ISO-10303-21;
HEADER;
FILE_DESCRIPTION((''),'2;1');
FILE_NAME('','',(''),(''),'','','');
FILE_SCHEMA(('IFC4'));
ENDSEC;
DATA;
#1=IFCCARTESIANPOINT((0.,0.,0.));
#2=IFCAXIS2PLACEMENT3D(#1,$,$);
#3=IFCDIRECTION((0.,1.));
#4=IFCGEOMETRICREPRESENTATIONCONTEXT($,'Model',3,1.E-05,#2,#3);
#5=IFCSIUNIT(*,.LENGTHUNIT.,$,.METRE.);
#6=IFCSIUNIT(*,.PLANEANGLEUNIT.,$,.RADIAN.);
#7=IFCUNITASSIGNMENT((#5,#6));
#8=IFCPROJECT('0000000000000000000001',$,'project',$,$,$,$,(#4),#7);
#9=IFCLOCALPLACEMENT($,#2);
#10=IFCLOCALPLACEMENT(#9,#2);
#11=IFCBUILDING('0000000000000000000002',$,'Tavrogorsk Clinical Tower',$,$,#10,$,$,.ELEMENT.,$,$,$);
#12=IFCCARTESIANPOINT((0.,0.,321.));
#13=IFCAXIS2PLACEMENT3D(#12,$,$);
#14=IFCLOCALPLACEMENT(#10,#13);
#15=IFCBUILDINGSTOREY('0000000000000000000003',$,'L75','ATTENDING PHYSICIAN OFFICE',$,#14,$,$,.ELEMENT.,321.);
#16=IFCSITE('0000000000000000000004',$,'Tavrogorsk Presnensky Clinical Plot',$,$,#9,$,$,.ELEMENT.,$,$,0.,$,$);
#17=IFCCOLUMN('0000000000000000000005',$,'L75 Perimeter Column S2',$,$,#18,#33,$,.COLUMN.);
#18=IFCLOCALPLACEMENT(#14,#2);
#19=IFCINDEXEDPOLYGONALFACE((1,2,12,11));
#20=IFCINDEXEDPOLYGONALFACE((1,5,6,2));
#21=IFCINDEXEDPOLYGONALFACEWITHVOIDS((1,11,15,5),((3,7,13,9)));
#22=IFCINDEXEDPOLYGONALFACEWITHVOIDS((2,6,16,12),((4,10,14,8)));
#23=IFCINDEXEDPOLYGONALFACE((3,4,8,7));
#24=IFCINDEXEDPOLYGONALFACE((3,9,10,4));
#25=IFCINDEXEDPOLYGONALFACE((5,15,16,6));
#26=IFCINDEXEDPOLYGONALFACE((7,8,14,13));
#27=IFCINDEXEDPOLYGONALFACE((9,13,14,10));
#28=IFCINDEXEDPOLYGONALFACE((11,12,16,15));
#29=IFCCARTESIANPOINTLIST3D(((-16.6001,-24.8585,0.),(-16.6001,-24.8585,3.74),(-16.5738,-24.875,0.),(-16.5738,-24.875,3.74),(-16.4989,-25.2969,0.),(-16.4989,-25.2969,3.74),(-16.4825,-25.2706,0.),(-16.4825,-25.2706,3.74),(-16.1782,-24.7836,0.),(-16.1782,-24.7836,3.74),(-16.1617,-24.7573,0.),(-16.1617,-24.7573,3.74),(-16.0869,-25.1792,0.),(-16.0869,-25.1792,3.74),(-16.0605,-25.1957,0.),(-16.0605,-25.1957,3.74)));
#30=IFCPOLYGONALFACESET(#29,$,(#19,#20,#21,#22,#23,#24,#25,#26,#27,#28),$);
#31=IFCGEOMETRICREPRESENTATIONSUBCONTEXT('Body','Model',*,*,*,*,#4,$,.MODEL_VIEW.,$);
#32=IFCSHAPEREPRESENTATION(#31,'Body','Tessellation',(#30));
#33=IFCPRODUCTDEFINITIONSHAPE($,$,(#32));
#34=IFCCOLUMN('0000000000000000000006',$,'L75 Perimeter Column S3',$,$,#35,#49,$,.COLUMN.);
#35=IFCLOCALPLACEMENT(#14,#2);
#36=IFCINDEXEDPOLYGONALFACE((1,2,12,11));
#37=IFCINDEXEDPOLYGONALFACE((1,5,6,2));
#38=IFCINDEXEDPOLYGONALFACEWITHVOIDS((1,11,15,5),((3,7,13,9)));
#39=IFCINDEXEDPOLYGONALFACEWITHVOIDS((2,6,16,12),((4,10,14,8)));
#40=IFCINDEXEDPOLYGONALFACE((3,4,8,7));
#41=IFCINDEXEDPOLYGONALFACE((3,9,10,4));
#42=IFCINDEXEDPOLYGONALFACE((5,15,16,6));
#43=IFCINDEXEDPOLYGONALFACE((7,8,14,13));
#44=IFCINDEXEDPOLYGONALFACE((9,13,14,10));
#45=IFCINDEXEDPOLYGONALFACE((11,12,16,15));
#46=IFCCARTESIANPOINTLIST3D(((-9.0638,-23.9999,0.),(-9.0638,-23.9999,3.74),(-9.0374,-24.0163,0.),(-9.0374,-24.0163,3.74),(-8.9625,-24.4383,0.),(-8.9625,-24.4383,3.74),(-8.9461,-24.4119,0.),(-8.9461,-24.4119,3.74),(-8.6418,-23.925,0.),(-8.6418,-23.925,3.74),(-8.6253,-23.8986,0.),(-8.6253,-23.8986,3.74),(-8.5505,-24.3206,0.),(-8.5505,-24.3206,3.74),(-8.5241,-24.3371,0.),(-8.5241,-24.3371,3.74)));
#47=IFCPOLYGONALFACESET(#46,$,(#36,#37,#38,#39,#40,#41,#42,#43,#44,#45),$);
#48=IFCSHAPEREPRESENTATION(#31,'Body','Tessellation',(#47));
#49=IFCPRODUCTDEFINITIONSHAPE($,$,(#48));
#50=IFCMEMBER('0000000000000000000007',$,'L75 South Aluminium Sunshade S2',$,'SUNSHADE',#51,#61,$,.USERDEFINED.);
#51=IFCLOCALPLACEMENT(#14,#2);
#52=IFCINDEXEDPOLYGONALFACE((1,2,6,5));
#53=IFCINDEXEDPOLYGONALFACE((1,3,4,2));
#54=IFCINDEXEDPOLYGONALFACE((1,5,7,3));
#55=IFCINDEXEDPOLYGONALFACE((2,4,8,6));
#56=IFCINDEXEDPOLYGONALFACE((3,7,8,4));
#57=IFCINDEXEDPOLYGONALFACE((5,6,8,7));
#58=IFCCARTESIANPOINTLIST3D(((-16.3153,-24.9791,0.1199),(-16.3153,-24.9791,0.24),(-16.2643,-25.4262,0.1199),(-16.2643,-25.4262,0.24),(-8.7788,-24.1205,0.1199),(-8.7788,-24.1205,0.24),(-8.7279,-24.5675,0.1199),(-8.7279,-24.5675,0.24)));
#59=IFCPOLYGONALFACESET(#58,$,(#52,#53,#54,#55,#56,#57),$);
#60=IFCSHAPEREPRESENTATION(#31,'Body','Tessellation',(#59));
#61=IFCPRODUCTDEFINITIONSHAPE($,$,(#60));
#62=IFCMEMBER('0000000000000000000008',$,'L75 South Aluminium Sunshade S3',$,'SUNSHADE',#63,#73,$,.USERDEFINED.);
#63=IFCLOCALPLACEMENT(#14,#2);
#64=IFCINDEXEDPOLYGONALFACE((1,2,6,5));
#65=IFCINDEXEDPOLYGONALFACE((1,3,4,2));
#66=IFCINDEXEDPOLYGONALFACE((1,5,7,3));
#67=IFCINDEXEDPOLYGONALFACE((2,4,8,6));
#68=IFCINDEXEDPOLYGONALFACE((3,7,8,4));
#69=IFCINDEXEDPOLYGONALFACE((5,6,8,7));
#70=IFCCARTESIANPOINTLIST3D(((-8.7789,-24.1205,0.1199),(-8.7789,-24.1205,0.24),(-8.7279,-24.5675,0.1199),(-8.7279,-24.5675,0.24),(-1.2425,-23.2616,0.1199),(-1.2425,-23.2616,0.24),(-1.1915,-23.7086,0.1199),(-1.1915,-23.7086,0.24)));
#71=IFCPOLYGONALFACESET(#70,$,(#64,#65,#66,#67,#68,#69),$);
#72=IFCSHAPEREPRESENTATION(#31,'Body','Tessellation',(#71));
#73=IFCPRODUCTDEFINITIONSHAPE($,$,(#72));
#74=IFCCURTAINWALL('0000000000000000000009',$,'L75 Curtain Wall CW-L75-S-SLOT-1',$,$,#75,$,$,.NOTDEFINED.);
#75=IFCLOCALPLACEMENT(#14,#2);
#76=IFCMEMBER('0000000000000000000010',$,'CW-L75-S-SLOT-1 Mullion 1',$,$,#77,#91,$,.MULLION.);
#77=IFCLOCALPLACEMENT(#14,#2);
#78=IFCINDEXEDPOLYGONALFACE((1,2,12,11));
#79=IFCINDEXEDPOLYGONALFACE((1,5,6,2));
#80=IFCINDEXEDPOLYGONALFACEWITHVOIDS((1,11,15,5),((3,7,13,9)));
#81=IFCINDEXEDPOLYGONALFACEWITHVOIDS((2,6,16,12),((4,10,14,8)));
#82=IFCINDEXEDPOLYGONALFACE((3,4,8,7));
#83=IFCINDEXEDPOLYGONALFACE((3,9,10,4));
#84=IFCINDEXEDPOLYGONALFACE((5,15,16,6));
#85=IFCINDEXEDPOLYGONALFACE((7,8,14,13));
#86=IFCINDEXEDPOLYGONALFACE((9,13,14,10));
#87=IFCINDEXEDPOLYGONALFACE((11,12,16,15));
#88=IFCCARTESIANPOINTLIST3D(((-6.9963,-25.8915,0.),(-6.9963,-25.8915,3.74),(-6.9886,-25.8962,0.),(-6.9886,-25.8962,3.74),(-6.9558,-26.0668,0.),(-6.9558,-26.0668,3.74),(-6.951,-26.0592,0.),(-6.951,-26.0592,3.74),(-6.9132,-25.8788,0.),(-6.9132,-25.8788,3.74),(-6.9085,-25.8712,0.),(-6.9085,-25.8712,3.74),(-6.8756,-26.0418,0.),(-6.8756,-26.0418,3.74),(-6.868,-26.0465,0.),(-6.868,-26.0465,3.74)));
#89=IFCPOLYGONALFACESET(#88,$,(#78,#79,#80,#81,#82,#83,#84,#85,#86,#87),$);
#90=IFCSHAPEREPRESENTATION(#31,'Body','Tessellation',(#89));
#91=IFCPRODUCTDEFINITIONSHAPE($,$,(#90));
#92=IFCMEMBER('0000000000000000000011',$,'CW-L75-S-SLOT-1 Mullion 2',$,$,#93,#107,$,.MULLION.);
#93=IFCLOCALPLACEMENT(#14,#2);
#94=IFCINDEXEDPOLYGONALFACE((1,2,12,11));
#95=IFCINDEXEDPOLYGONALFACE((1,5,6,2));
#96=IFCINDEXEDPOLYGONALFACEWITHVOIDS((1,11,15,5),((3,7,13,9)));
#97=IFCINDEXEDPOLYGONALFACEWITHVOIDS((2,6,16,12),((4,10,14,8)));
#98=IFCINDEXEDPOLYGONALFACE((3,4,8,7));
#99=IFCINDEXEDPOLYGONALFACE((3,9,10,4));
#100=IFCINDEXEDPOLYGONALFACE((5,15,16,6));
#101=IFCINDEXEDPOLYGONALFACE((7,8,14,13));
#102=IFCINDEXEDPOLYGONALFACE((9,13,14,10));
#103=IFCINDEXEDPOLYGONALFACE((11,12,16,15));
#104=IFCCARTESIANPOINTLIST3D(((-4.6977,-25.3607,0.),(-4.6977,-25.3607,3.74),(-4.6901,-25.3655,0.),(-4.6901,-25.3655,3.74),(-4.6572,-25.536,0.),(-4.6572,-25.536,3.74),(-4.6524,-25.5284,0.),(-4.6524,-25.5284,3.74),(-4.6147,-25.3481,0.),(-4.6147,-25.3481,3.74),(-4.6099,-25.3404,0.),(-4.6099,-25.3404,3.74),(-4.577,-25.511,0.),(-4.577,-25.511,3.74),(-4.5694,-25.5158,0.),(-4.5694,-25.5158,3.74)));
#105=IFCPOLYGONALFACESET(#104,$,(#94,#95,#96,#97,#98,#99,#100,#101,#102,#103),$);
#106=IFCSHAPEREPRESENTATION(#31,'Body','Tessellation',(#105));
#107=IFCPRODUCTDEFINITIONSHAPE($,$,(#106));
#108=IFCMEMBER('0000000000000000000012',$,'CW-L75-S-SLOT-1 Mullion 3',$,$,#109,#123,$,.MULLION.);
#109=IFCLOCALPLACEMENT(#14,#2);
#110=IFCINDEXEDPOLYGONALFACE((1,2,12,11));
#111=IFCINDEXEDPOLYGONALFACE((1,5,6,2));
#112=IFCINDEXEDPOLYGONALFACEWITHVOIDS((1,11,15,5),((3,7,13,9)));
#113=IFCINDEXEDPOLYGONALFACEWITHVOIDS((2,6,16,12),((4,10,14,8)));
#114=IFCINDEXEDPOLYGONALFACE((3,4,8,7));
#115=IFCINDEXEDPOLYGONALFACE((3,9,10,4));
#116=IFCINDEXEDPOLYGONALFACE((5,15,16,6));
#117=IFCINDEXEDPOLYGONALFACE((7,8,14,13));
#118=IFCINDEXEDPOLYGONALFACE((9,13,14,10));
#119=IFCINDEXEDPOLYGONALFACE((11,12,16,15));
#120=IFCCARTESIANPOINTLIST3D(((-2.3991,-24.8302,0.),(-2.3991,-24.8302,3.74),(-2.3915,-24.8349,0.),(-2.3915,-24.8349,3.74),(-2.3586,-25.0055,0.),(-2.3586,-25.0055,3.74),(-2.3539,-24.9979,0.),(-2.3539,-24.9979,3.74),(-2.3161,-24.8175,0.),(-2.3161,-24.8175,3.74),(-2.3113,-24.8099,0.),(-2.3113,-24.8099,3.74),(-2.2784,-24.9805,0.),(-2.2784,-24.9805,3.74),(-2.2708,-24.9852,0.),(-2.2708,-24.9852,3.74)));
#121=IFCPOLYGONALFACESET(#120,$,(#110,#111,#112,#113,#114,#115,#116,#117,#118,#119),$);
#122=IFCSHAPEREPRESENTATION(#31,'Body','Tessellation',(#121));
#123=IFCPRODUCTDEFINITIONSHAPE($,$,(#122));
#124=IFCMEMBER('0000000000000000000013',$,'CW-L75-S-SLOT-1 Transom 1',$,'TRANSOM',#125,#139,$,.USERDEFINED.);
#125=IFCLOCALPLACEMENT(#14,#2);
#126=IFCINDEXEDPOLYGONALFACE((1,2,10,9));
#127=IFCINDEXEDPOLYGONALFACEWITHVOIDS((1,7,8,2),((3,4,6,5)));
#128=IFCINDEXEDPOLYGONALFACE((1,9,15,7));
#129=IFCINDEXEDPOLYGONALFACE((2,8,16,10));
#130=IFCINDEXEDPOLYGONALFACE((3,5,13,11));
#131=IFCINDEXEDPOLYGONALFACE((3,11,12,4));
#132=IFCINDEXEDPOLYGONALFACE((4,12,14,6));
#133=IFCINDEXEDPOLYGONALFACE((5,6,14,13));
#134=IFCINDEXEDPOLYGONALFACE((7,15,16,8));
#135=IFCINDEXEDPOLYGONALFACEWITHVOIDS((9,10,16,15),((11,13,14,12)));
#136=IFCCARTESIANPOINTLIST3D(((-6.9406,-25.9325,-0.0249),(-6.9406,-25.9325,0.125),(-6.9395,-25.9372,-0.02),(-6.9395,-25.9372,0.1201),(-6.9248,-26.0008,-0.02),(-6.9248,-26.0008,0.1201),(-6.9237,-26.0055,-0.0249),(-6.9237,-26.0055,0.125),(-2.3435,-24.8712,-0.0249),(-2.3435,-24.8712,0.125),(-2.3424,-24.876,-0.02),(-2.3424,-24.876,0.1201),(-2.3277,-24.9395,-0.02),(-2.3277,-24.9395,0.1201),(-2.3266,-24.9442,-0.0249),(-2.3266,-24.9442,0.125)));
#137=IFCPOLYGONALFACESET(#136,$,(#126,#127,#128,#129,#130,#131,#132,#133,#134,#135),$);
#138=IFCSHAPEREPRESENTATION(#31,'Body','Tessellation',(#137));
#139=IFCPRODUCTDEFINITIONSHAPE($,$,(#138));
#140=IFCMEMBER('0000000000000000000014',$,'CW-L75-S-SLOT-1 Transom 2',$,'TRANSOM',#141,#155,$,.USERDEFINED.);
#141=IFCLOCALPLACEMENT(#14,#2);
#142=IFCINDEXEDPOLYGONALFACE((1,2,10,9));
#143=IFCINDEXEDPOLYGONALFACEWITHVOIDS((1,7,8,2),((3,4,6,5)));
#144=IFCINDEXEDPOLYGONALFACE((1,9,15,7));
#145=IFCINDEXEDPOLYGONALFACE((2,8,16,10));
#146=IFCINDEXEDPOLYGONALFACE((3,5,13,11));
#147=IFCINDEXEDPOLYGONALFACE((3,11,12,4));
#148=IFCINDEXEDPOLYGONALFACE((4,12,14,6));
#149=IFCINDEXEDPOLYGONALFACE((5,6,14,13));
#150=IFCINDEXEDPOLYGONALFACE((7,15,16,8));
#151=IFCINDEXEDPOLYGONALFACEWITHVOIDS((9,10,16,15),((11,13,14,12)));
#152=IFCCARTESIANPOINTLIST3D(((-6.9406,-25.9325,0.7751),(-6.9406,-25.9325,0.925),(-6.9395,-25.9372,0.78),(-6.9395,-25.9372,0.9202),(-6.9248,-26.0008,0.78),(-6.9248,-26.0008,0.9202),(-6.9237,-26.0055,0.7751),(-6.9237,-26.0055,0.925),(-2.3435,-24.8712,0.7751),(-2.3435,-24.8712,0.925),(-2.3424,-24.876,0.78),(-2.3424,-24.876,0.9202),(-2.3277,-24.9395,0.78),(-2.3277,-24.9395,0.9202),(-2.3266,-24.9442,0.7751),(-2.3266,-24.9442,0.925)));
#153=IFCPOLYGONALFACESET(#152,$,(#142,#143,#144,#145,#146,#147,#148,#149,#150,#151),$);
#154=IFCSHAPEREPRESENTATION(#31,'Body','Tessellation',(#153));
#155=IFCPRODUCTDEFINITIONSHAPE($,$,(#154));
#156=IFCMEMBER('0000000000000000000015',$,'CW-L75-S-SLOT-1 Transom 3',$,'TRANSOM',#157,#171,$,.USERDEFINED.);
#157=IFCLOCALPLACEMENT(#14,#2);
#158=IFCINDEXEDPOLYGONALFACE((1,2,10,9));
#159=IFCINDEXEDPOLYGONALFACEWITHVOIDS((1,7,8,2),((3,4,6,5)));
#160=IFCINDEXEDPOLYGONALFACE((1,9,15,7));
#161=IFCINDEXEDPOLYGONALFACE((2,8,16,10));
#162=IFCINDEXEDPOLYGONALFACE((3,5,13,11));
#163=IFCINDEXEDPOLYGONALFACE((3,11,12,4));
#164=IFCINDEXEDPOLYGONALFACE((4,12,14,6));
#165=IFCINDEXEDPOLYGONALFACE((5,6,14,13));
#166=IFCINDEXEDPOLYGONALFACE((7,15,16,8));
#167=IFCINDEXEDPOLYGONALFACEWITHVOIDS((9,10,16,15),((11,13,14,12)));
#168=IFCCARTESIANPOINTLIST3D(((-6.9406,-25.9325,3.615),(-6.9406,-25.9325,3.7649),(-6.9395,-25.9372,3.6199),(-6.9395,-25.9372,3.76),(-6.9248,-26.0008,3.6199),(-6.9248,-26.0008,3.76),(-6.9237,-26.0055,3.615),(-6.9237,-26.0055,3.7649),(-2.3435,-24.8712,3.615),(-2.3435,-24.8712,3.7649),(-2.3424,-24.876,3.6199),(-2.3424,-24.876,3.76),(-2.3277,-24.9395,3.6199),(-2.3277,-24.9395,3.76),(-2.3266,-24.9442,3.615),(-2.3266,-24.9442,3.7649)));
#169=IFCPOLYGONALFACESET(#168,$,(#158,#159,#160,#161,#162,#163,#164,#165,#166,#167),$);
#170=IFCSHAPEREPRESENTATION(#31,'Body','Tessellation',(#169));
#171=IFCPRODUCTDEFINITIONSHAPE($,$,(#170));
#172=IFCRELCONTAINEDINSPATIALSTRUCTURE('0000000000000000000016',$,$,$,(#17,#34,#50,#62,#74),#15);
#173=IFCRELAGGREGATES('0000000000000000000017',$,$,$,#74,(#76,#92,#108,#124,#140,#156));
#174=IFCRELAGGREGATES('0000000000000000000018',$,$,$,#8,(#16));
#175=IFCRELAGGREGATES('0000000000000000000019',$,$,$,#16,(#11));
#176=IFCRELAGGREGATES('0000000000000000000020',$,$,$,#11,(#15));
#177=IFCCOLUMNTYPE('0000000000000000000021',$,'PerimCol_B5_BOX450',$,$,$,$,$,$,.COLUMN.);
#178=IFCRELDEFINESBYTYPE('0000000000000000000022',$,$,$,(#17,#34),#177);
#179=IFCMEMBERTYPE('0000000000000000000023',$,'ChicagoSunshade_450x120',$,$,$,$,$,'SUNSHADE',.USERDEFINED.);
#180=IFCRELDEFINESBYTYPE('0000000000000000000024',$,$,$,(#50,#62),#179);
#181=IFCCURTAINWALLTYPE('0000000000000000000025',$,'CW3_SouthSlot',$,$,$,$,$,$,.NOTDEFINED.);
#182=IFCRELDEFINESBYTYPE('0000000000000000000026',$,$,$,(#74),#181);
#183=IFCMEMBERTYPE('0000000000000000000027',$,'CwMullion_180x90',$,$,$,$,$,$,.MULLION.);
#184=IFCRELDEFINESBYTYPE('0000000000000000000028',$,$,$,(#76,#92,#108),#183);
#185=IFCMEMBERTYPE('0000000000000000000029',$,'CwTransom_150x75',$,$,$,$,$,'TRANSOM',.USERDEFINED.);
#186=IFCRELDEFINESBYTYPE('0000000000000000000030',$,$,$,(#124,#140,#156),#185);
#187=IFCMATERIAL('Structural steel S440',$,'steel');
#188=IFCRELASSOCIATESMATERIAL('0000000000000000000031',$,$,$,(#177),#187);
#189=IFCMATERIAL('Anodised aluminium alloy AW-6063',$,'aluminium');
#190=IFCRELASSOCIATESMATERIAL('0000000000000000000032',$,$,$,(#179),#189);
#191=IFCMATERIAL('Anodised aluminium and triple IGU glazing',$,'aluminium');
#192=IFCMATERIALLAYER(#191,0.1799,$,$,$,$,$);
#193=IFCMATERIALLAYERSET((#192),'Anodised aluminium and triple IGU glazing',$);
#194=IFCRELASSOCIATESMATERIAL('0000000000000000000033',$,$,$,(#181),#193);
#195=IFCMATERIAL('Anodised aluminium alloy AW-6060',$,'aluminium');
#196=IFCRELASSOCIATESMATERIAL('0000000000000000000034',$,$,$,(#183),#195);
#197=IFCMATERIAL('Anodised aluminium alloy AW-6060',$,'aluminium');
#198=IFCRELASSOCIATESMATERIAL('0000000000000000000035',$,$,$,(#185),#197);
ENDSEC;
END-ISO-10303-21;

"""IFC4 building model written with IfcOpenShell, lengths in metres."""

from ifc_helpers import new_model, si_unit, direction, frame, origin, origin_2d, place, context, subcontext, project, spatial, rectangle, hollow_rectangle, extrude, material, layer, layer_set, material_profile, profile_set, type_object, element, aggregate, save


model = new_model("IFC4")

# Units and contexts
model_context = context("Model", 3, precision=1e-05, world=origin(), true_north=direction((0.0, 1.0)))
body_context = subcontext(model_context, "Body", "Model", "MODEL_VIEW")
ifc_project = project(units=[si_unit("LENGTHUNIT", "METRE"), si_unit("PLANEANGLEUNIT", "RADIAN")], contexts=[model_context])

# Site, building, storey
site_placement = place(None, origin())
site = spatial("IfcSite", under=ifc_project, at=site_placement, Name="Tavrogorsk Presnensky Clinical Plot", CompositionType="ELEMENT", RefElevation=0.0)
building_placement = place(site_placement, origin())
building = spatial("IfcBuilding", under=site, at=building_placement, Name="Tavrogorsk Clinical Tower", CompositionType="ELEMENT")
storey_placement = place(building_placement, frame((0.0, 0.0, 321.0)))
storey = spatial("IfcBuildingStorey", under=building, at=storey_placement, Name="L75", Description="ATTENDING PHYSICIAN OFFICE", CompositionType="ELEMENT", Elevation=321.0)

# Columns
ifc_material_1 = material(Name="Structural steel S440", Category="steel")
ifc_material_profile_1 = material_profile(ifc_material_1, hollow_rectangle(XDim=0.45, YDim=0.45, WallThickness=0.022, at=origin_2d()), Name="BOX-450x450x22")
ifc_profile_set_1 = profile_set([ifc_material_profile_1], Name="Structural steel S440")
column_type = type_object("IfcColumnType", Name="PerimCol_B5_BOX450", PredefinedType="COLUMN", material=ifc_profile_set_1)
for number, where, z_axis, x_axis, name in (
    (1, (-16.3303, -25.0271, 0.0), (0.0, 0.0, 1.0), (0.97437, 0.224951, 0.0), "L75 Perimeter Column S2"),
    (2, (-8.7939, -24.1685, 0.0), (0.0, 0.0, 1.0), (0.97437, 0.224951, 0.0), "L75 Perimeter Column S3"),
):
    element("IfcColumn", number, at=place(storey_placement, frame(where, z_axis=z_axis, x_axis=x_axis)), inside=storey, type_object=column_type, Name=name, PredefinedType="COLUMN", context=body_context, shape_type="SweptSolid", body=[
        extrude(hollow_rectangle(XDim=0.45, YDim=0.45, WallThickness=0.022, at=origin_2d()), origin(), (0.0, 0.0, 1.0), 3.74),
    ])

# Members
ifc_material_2 = material(Name="Anodised aluminium alloy AW-6063", Category="aluminium")
ifc_material_profile_2 = material_profile(ifc_material_2, rectangle(XDim=0.45, YDim=0.1201, at=origin_2d()), Name="ALU-SUNSHADE-450x120")
ifc_profile_set_2 = profile_set([ifc_material_profile_2], Name="Anodised aluminium alloy AW-6063")
member_type_1 = type_object("IfcMemberType", Name="ChicagoSunshade_450x120", ElementType="SUNSHADE", PredefinedType="USERDEFINED", material=ifc_profile_set_2)
for number, where, z_axis, x_axis, name in (
    (3, (-16.2898, -25.2026, 0.1799), (0.993572, 0.113201, 0.0), (-0.113201, 0.993572, 0.0), "L75 South Aluminium Sunshade S2"),
    (4, (-8.7534, -24.344, 0.1799), (0.993569, 0.113233, 0.0), (-0.113233, 0.993569, 0.0), "L75 South Aluminium Sunshade S3"),
):
    element("IfcMember", number, at=place(storey_placement, frame(where, z_axis=z_axis, x_axis=x_axis)), inside=storey, type_object=member_type_1, Name=name, ObjectType="SUNSHADE", PredefinedType="USERDEFINED", context=body_context, shape_type="SweptSolid", body=[
        extrude(rectangle(XDim=0.45, YDim=0.1201, at=origin_2d()), origin(), (0.0, 0.0, 1.0), 7.5852),
    ])

# Curtain wall, members
ifc_material_3 = material(Name="Anodised aluminium and triple IGU glazing", Category="aluminium")
ifc_layer_1 = layer(ifc_material_3, 0.1799)
ifc_layer_set_1 = layer_set([ifc_layer_1], Name="Anodised aluminium and triple IGU glazing")
curtain_wall_type = type_object("IfcCurtainWallType", Name="CW3_SouthSlot", PredefinedType="NOTDEFINED", material=ifc_layer_set_1)
curtain_wall_placement = place(storey_placement, origin())
curtain_wall = element("IfcCurtainWall", 5, at=curtain_wall_placement, inside=storey, type_object=curtain_wall_type, Name="L75 Curtain Wall CW-L75-S-SLOT-1", PredefinedType="NOTDEFINED")
ifc_material_4 = material(Name="Anodised aluminium alloy AW-6060", Category="aluminium")
ifc_material_profile_3 = material_profile(ifc_material_4, hollow_rectangle(XDim=0.0901, YDim=0.1799, WallThickness=0.0063, at=origin_2d()), Name="RHS-180x90x6.3")
ifc_profile_set_3 = profile_set([ifc_material_profile_3], Name="Anodised aluminium alloy AW-6060")
member_type_2 = type_object("IfcMemberType", Name="CwMullion_180x90", PredefinedType="MULLION", material=ifc_profile_set_3)
member_1_placement = place(storey_placement, frame((-6.9321, -25.969, 0.0), z_axis=(0.0, 0.0, 1.0), x_axis=(0.97437, 0.224951, 0.0)))
member_1 = element("IfcMember", 6, at=member_1_placement, type_object=member_type_2, Name="CW-L75-S-SLOT-1 Mullion 1", PredefinedType="MULLION", context=body_context, shape_type="SweptSolid", body=[
    extrude(hollow_rectangle(XDim=0.0901, YDim=0.1799, WallThickness=0.0063, at=origin_2d()), origin(), (0.0, 0.0, 1.0), 3.74),
])
member_2_placement = place(storey_placement, frame((-4.6335, -25.4382, 0.0), z_axis=(0.0, 0.0, 1.0), x_axis=(0.97437, 0.224951, 0.0)))
member_2 = element("IfcMember", 7, at=member_2_placement, type_object=member_type_2, Name="CW-L75-S-SLOT-1 Mullion 2", PredefinedType="MULLION", context=body_context, shape_type="SweptSolid", body=[
    extrude(hollow_rectangle(XDim=0.0901, YDim=0.1799, WallThickness=0.0063, at=origin_2d()), origin(), (0.0, 0.0, 1.0), 3.74),
])
member_3_placement = place(storey_placement, frame((-2.335, -24.9077, 0.0), z_axis=(0.0, 0.0, 1.0), x_axis=(0.97437, 0.224951, 0.0)))
member_3 = element("IfcMember", 8, at=member_3_placement, type_object=member_type_2, Name="CW-L75-S-SLOT-1 Mullion 3", PredefinedType="MULLION", context=body_context, shape_type="SweptSolid", body=[
    extrude(hollow_rectangle(XDim=0.0901, YDim=0.1799, WallThickness=0.0063, at=origin_2d()), origin(), (0.0, 0.0, 1.0), 3.74),
])
ifc_material_5 = material(Name="Anodised aluminium alloy AW-6060", Category="aluminium")
ifc_material_profile_4 = material_profile(ifc_material_5, hollow_rectangle(XDim=0.075, YDim=0.1499, WallThickness=0.0049, at=origin_2d()), Name="RHS-150x75x5")
ifc_profile_set_4 = profile_set([ifc_material_profile_4], Name="Anodised aluminium alloy AW-6060")
member_type_3 = type_object("IfcMemberType", Name="CwTransom_150x75", ElementType="TRANSOM", PredefinedType="USERDEFINED", material=ifc_profile_set_4)
member_4_placement = place(storey_placement, frame((-6.9321, -25.969, 0.05), z_axis=(0.974373, 0.224939, 0.0), x_axis=(-0.224939, 0.974373, 0.0)))
member_4 = element("IfcMember", 9, at=member_4_placement, type_object=member_type_3, Name="CW-L75-S-SLOT-1 Transom 1", ObjectType="TRANSOM", PredefinedType="USERDEFINED", context=body_context, shape_type="SweptSolid", body=[
    extrude(hollow_rectangle(XDim=0.075, YDim=0.1499, WallThickness=0.0049, at=origin_2d()), origin(), (0.0, 0.0, 1.0), 4.718),
])
member_5_placement = place(storey_placement, frame((-6.9321, -25.969, 0.8501), z_axis=(0.974373, 0.224939, 0.0), x_axis=(-0.224939, 0.974373, 0.0)))
member_5 = element("IfcMember", 10, at=member_5_placement, type_object=member_type_3, Name="CW-L75-S-SLOT-1 Transom 2", ObjectType="TRANSOM", PredefinedType="USERDEFINED", context=body_context, shape_type="SweptSolid", body=[
    extrude(hollow_rectangle(XDim=0.075, YDim=0.1499, WallThickness=0.0049, at=origin_2d()), origin(), (0.0, 0.0, 1.0), 4.718),
])
member_6_placement = place(storey_placement, frame((-6.9321, -25.969, 3.6899), z_axis=(0.974373, 0.224939, 0.0), x_axis=(-0.224939, 0.974373, 0.0)))
member_6 = element("IfcMember", 11, at=member_6_placement, type_object=member_type_3, Name="CW-L75-S-SLOT-1 Transom 3", ObjectType="TRANSOM", PredefinedType="USERDEFINED", context=body_context, shape_type="SweptSolid", body=[
    extrude(hollow_rectangle(XDim=0.075, YDim=0.1499, WallThickness=0.0049, at=origin_2d()), origin(), (0.0, 0.0, 1.0), 4.718),
])

aggregate(curtain_wall, [member_1, member_2, member_3, member_4, member_5, member_6])

save(model, "model.ifc")
